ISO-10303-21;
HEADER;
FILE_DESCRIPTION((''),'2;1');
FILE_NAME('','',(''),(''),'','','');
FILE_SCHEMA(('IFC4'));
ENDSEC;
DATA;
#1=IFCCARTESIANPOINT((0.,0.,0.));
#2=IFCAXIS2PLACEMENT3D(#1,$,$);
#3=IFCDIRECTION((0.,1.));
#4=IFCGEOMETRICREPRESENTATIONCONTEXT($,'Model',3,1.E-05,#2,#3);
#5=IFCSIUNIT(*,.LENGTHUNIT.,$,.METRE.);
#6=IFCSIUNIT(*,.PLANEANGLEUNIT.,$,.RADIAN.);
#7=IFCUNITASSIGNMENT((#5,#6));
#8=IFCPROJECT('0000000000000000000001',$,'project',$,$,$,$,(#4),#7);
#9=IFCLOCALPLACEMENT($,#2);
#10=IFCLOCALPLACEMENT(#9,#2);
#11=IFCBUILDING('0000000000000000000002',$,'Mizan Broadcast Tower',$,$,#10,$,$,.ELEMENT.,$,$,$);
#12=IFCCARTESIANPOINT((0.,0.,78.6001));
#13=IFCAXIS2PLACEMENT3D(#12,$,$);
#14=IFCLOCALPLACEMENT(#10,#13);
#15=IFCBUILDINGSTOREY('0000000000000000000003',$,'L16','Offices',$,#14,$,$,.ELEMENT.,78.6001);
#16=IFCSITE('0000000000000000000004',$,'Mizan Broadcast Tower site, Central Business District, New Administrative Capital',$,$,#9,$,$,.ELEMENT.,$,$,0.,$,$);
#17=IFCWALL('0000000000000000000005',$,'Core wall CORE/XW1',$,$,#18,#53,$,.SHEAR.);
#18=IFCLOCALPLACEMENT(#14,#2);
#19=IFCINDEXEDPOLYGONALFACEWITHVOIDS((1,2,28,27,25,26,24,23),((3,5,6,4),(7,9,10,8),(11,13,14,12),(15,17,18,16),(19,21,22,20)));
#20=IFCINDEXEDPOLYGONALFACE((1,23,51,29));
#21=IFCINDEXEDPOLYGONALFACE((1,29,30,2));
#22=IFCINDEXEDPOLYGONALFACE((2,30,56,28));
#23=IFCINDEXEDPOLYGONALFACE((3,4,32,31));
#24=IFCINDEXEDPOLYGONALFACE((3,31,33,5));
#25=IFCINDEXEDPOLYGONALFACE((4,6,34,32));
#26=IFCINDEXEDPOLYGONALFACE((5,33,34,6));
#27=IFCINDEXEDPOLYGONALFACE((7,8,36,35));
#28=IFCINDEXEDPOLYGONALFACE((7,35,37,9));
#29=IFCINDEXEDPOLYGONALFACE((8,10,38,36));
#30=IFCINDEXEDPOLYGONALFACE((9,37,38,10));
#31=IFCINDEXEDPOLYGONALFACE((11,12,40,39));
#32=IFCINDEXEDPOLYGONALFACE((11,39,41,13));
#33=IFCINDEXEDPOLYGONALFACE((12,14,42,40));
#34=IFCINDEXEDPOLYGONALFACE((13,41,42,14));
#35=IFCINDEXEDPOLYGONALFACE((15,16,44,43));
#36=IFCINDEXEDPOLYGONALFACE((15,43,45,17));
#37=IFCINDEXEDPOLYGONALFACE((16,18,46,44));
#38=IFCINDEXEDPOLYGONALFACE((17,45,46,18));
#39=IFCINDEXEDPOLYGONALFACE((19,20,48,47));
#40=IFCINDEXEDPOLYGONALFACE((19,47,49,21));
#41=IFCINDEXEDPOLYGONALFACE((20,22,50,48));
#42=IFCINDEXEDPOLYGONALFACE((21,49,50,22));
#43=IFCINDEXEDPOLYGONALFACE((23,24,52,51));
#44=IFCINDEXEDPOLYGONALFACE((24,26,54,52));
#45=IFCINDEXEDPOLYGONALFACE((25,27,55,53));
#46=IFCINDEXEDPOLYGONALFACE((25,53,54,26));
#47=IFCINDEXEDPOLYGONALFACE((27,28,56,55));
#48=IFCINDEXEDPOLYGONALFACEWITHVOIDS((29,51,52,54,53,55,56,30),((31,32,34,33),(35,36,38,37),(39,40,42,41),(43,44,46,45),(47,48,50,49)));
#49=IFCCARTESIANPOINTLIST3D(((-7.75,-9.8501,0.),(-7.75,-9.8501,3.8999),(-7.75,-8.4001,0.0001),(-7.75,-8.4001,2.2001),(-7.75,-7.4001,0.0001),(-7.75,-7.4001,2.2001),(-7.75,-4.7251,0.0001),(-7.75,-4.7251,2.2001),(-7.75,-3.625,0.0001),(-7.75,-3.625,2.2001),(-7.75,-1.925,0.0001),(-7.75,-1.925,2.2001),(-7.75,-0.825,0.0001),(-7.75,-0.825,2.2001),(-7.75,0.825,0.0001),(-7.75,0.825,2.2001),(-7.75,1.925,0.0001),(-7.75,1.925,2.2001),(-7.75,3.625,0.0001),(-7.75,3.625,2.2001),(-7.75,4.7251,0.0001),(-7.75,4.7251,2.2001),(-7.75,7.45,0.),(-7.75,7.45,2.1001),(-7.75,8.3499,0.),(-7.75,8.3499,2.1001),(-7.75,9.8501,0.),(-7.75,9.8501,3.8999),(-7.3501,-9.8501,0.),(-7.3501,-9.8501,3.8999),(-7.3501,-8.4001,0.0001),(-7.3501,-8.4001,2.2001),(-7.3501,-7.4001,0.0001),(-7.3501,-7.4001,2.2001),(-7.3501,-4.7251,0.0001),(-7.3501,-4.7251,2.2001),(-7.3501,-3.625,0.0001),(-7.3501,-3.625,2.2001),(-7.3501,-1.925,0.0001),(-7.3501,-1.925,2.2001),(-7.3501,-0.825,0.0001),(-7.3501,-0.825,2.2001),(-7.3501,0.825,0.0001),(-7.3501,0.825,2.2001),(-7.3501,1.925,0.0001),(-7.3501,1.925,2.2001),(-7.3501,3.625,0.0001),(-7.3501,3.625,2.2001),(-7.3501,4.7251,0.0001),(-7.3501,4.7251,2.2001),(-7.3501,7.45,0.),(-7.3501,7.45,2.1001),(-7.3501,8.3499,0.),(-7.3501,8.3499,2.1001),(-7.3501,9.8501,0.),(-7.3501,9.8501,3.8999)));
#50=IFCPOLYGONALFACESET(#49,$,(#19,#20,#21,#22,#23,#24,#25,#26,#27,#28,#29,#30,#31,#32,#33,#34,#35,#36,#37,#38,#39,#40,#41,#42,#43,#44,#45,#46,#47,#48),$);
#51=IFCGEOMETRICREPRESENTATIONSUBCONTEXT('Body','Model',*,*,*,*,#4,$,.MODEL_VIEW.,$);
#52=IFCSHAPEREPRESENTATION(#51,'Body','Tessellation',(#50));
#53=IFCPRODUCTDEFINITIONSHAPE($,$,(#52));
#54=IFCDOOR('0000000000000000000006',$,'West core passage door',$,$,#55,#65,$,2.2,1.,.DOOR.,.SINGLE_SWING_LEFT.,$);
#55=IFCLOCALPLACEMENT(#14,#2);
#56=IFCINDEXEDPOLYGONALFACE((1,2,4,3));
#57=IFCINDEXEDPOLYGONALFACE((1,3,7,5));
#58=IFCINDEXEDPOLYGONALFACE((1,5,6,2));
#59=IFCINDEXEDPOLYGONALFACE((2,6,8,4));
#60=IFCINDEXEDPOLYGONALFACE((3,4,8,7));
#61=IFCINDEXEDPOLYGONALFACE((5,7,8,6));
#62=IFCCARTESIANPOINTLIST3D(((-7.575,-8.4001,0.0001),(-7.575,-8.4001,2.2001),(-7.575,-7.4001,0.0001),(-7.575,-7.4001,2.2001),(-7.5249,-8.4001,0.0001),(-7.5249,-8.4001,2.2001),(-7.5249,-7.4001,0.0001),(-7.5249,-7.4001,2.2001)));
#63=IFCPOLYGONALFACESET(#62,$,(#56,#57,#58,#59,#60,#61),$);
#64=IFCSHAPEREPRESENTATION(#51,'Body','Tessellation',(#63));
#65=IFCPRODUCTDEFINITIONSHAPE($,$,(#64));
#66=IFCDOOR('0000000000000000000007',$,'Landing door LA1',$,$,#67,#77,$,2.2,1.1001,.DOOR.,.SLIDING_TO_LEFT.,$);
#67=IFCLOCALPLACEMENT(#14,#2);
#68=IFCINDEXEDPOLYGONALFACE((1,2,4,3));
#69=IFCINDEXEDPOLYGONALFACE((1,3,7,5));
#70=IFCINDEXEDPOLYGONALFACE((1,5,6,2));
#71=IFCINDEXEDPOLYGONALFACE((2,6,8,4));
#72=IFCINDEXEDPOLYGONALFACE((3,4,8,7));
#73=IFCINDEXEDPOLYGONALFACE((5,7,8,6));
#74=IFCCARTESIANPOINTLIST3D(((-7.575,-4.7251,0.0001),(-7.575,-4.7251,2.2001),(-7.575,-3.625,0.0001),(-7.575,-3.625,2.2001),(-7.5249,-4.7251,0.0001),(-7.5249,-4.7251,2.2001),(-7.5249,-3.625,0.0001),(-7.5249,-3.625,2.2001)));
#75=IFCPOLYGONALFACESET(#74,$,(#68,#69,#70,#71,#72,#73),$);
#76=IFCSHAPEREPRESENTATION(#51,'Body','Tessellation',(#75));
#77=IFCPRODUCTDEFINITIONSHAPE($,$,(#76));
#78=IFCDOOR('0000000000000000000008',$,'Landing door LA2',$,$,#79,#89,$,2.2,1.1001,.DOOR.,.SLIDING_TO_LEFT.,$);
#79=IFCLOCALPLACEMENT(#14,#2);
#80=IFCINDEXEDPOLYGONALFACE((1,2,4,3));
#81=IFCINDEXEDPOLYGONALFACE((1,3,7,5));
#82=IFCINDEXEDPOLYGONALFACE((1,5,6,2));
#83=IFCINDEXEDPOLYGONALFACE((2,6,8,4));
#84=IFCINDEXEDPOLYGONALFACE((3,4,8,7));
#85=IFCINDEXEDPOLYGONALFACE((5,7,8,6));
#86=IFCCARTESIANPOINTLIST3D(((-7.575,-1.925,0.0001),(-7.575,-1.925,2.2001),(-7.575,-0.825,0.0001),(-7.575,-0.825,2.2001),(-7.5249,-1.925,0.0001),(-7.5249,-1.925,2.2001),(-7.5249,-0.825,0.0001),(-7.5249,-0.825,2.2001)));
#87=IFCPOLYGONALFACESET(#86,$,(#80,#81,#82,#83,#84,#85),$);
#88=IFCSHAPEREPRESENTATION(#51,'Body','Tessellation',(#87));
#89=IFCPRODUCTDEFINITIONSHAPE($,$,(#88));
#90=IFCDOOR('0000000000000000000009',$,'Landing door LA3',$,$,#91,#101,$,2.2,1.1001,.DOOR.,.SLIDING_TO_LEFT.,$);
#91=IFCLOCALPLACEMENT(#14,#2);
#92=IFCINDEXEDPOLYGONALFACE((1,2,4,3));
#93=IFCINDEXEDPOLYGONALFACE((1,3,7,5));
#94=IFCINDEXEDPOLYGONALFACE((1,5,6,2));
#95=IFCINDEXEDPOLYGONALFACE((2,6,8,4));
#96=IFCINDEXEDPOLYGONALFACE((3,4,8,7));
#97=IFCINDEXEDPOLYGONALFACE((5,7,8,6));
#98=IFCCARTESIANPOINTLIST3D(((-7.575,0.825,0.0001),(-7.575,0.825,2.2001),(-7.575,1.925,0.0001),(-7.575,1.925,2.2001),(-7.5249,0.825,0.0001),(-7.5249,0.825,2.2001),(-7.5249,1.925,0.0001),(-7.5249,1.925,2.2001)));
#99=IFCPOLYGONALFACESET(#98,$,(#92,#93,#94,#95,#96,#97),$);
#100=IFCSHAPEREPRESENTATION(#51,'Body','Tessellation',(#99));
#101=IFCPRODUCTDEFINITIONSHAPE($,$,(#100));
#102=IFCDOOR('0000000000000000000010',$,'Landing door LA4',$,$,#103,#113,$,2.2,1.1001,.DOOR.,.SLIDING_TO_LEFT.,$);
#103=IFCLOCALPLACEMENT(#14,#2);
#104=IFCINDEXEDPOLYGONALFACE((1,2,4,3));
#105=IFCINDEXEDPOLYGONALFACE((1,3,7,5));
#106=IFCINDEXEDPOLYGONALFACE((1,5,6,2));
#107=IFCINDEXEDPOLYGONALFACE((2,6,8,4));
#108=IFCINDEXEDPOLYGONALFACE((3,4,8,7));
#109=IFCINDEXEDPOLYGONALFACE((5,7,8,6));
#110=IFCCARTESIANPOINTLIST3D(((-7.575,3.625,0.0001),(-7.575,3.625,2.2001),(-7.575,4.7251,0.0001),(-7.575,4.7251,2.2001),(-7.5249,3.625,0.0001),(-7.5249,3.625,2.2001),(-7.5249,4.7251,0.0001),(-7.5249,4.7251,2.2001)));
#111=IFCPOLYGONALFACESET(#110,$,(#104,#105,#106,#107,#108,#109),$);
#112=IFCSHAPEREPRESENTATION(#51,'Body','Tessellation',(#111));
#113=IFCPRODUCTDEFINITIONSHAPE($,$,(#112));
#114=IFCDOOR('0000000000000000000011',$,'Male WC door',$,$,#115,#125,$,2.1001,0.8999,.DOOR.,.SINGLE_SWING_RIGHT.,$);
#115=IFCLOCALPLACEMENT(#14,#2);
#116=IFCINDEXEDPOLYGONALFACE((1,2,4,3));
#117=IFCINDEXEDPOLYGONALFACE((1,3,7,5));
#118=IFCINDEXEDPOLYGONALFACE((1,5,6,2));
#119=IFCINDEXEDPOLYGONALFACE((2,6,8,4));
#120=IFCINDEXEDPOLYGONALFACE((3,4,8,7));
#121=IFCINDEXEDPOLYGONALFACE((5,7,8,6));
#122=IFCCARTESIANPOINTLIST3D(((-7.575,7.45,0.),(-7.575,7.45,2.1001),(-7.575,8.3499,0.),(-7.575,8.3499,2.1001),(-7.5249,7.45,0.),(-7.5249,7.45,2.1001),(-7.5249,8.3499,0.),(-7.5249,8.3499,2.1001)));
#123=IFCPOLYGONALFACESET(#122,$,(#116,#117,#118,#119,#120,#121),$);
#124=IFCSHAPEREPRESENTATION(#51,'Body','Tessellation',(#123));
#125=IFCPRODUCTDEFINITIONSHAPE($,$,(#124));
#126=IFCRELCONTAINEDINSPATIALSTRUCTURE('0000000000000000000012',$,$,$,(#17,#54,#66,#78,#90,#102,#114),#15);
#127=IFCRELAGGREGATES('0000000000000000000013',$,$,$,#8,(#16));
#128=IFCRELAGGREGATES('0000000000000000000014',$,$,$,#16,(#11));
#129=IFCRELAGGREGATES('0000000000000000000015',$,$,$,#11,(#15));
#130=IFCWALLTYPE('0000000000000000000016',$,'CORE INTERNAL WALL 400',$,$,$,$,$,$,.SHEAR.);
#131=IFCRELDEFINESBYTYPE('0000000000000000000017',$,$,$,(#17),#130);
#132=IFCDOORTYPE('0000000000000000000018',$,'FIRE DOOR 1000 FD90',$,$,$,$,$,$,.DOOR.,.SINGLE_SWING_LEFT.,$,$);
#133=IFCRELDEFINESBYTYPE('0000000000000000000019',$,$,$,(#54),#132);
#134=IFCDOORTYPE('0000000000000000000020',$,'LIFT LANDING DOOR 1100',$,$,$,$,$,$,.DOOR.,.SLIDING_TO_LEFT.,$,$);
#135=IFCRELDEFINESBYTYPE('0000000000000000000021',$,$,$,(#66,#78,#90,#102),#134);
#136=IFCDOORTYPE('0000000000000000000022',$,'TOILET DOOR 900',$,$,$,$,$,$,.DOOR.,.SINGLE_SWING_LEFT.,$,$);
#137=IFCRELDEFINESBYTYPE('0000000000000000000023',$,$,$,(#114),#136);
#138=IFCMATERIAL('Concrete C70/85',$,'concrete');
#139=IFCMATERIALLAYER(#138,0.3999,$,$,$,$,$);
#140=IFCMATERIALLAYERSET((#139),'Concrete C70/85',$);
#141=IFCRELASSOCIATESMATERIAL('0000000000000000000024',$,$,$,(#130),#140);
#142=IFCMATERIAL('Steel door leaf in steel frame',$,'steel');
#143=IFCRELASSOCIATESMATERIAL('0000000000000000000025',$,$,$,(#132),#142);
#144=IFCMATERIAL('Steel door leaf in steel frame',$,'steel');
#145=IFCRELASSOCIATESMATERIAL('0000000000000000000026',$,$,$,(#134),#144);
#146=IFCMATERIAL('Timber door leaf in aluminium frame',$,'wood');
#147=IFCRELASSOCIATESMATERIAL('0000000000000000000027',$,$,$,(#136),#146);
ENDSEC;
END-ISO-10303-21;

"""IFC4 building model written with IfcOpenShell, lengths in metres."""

from ifc_helpers import new_model, si_unit, direction, frame, frame_2d, origin, place, context, subcontext, project, spatial, rectangle, extrude, material, layer, layer_set, type_object, element, fill, save


model = new_model("IFC4")

# Units and contexts
model_context = context("Model", 3, precision=1e-05, world=origin(), true_north=direction((0.0, 1.0)))
body_context = subcontext(model_context, "Body", "Model", "MODEL_VIEW")
ifc_project = project(units=[si_unit("LENGTHUNIT", "METRE"), si_unit("PLANEANGLEUNIT", "RADIAN")], contexts=[model_context])

# Site, building, storey
site_placement = place(None, origin())
site = spatial("IfcSite", under=ifc_project, at=site_placement, Name="Mizan Broadcast Tower site, Central Business District, New Administrative Capital", CompositionType="ELEMENT", RefElevation=0.0)
building_placement = place(site_placement, origin())
building = spatial("IfcBuilding", under=site, at=building_placement, Name="Mizan Broadcast Tower", CompositionType="ELEMENT")
storey_placement = place(building_placement, frame((0.0, 0.0, 78.6001)))
storey = spatial("IfcBuildingStorey", under=building, at=storey_placement, Name="L16", Description="Offices", CompositionType="ELEMENT", Elevation=78.6001)

# Wall, openings, doors
ifc_material_1 = material(Name="Concrete C70/85", Category="concrete")
ifc_layer_1 = layer(ifc_material_1, 0.3999)
ifc_layer_set_1 = layer_set([ifc_layer_1], Name="Concrete C70/85")
wall_type_1 = type_object("IfcWallType", Name="CORE INTERNAL WALL 400", PredefinedType="SHEAR", material=ifc_layer_set_1)
wall_1_placement = place(storey_placement, frame((-7.55, -9.8501, 0.0), z_axis=(0.0, 0.0, 1.0), x_axis=(0.0, 1.0, 0.0)))
wall_1 = element("IfcWall", 1, at=wall_1_placement, inside=storey, type_object=wall_type_1, Name="Core wall CORE/XW1", PredefinedType="SHEAR", context=body_context, shape_type="SweptSolid", body=[
    extrude(rectangle(XDim=19.7002, YDim=0.3999, at=frame_2d((9.8501, 0.0))), origin(), (0.0, 0.0, 1.0), 3.8999),
])
opening_1_placement = place(wall_1_placement, frame((1.45, 0.0, 0.0)))
opening_1 = element("IfcOpeningElement", 2, at=opening_1_placement, cuts=wall_1, PredefinedType="OPENING", context=body_context, shape_type="SweptSolid", body=[
    extrude(rectangle(XDim=1.0, YDim=2.2, at=frame_2d((0.5, 1.1001))), frame((0.0, 0.21, 0.0), z_axis=(0.0, -1.0, 0.0), x_axis=(1.0, 0.0, 0.0)), (0.0, 0.0, 1.0), 0.4199),
])
opening_2_placement = place(wall_1_placement, frame((17.3, 0.0, 0.0)))
opening_2 = element("IfcOpeningElement", 3, at=opening_2_placement, cuts=wall_1, PredefinedType="OPENING", context=body_context, shape_type="SweptSolid", body=[
    extrude(rectangle(XDim=0.8999, YDim=2.1001, at=frame_2d((0.45, 1.05))), frame((0.0, 0.21, 0.0), z_axis=(0.0, -1.0, 0.0), x_axis=(1.0, 0.0, 0.0)), (0.0, 0.0, 1.0), 0.4199),
])
opening_3_placement = place(wall_1_placement, frame((5.125, 0.0, 0.0)))
opening_3 = element("IfcOpeningElement", 4, at=opening_3_placement, cuts=wall_1, PredefinedType="OPENING", context=body_context, shape_type="SweptSolid", body=[
    extrude(rectangle(XDim=1.1001, YDim=2.2, at=frame_2d((0.55, 1.1001))), frame((0.0, 0.21, 0.0), z_axis=(0.0, -1.0, 0.0), x_axis=(1.0, 0.0, 0.0)), (0.0, 0.0, 1.0), 0.4199),
])
opening_4_placement = place(wall_1_placement, frame((7.925, 0.0, 0.0)))
opening_4 = element("IfcOpeningElement", 5, at=opening_4_placement, cuts=wall_1, PredefinedType="OPENING", context=body_context, shape_type="SweptSolid", body=[
    extrude(rectangle(XDim=1.1001, YDim=2.2, at=frame_2d((0.55, 1.1001))), frame((0.0, 0.21, 0.0), z_axis=(0.0, -1.0, 0.0), x_axis=(1.0, 0.0, 0.0)), (0.0, 0.0, 1.0), 0.4199),
])
opening_5_placement = place(wall_1_placement, frame((10.675, 0.0, 0.0)))
opening_5 = element("IfcOpeningElement", 6, at=opening_5_placement, cuts=wall_1, PredefinedType="OPENING", context=body_context, shape_type="SweptSolid", body=[
    extrude(rectangle(XDim=1.1001, YDim=2.2, at=frame_2d((0.55, 1.1001))), frame((0.0, 0.21, 0.0), z_axis=(0.0, -1.0, 0.0), x_axis=(1.0, 0.0, 0.0)), (0.0, 0.0, 1.0), 0.4199),
])
opening_6_placement = place(wall_1_placement, frame((13.4751, 0.0, 0.0)))
opening_6 = element("IfcOpeningElement", 7, at=opening_6_placement, cuts=wall_1, PredefinedType="OPENING", context=body_context, shape_type="SweptSolid", body=[
    extrude(rectangle(XDim=1.1001, YDim=2.2, at=frame_2d((0.55, 1.1001))), frame((0.0, 0.21, 0.0), z_axis=(0.0, -1.0, 0.0), x_axis=(1.0, 0.0, 0.0)), (0.0, 0.0, 1.0), 0.4199),
])
ifc_material_2 = material(Name="Steel door leaf in steel frame", Category="steel")
door_type_1 = type_object("IfcDoorType", Name="FIRE DOOR 1000 FD90", OperationType="SINGLE_SWING_LEFT", PredefinedType="DOOR", material=ifc_material_2)
door_1_placement = place(opening_1_placement, origin())
door_1 = element("IfcDoor", 8, at=door_1_placement, inside=storey, type_object=door_type_1, Name="West core passage door", OperationType="SINGLE_SWING_LEFT", OverallHeight=2.2, OverallWidth=1.0, PredefinedType="DOOR", context=body_context, shape_type="SweptSolid", body=[
    extrude(rectangle(XDim=1.0, YDim=2.2, at=frame_2d((0.5, 1.1001))), frame((0.0, 0.0249, 0.0), z_axis=(0.0, -1.0, 0.0), x_axis=(1.0, 0.0, 0.0)), (0.0, 0.0, 1.0), 0.05),
])
fill(opening_1, door_1)
ifc_material_3 = material(Name="Steel door leaf in steel frame", Category="steel")
door_type_2 = type_object("IfcDoorType", Name="LIFT LANDING DOOR 1100", OperationType="SLIDING_TO_LEFT", PredefinedType="DOOR", material=ifc_material_3)
door_2_placement = place(opening_3_placement, origin())
door_2 = element("IfcDoor", 9, at=door_2_placement, inside=storey, type_object=door_type_2, Name="Landing door LA1", OperationType="SLIDING_TO_LEFT", OverallHeight=2.2, OverallWidth=1.1001, PredefinedType="DOOR", context=body_context, shape_type="SweptSolid", body=[
    extrude(rectangle(XDim=1.1001, YDim=2.2, at=frame_2d((0.55, 1.1001))), frame((0.0, 0.0249, 0.0), z_axis=(0.0, -1.0, 0.0), x_axis=(1.0, 0.0, 0.0)), (0.0, 0.0, 1.0), 0.05),
])
fill(opening_3, door_2)
door_3_placement = place(opening_4_placement, origin())
door_3 = element("IfcDoor", 10, at=door_3_placement, inside=storey, type_object=door_type_2, Name="Landing door LA2", OperationType="SLIDING_TO_LEFT", OverallHeight=2.2, OverallWidth=1.1001, PredefinedType="DOOR", context=body_context, shape_type="SweptSolid", body=[
    extrude(rectangle(XDim=1.1001, YDim=2.2, at=frame_2d((0.55, 1.1001))), frame((0.0, 0.0249, 0.0), z_axis=(0.0, -1.0, 0.0), x_axis=(1.0, 0.0, 0.0)), (0.0, 0.0, 1.0), 0.05),
])
fill(opening_4, door_3)
door_4_placement = place(opening_5_placement, origin())
door_4 = element("IfcDoor", 11, at=door_4_placement, inside=storey, type_object=door_type_2, Name="Landing door LA3", OperationType="SLIDING_TO_LEFT", OverallHeight=2.2, OverallWidth=1.1001, PredefinedType="DOOR", context=body_context, shape_type="SweptSolid", body=[
    extrude(rectangle(XDim=1.1001, YDim=2.2, at=frame_2d((0.55, 1.1001))), frame((0.0, 0.0249, 0.0), z_axis=(0.0, -1.0, 0.0), x_axis=(1.0, 0.0, 0.0)), (0.0, 0.0, 1.0), 0.05),
])
fill(opening_5, door_4)
door_5_placement = place(opening_6_placement, origin())
door_5 = element("IfcDoor", 12, at=door_5_placement, inside=storey, type_object=door_type_2, Name="Landing door LA4", OperationType="SLIDING_TO_LEFT", OverallHeight=2.2, OverallWidth=1.1001, PredefinedType="DOOR", context=body_context, shape_type="SweptSolid", body=[
    extrude(rectangle(XDim=1.1001, YDim=2.2, at=frame_2d((0.55, 1.1001))), frame((0.0, 0.0249, 0.0), z_axis=(0.0, -1.0, 0.0), x_axis=(1.0, 0.0, 0.0)), (0.0, 0.0, 1.0), 0.05),
])
fill(opening_6, door_5)
ifc_material_4 = material(Name="Timber door leaf in aluminium frame", Category="wood")
door_type_3 = type_object("IfcDoorType", Name="TOILET DOOR 900", OperationType="SINGLE_SWING_LEFT", PredefinedType="DOOR", material=ifc_material_4)
door_6_placement = place(opening_2_placement, origin())
door_6 = element("IfcDoor", 13, at=door_6_placement, inside=storey, type_object=door_type_3, Name="Male WC door", OperationType="SINGLE_SWING_RIGHT", OverallHeight=2.1001, OverallWidth=0.8999, PredefinedType="DOOR", context=body_context, shape_type="SweptSolid", body=[
    extrude(rectangle(XDim=0.8999, YDim=2.1001, at=frame_2d((0.45, 1.05))), frame((0.0, 0.0249, 0.0), z_axis=(0.0, -1.0, 0.0), x_axis=(1.0, 0.0, 0.0)), (0.0, 0.0, 1.0), 0.05),
])
fill(opening_2, door_6)

save(model, "model.ifc")
